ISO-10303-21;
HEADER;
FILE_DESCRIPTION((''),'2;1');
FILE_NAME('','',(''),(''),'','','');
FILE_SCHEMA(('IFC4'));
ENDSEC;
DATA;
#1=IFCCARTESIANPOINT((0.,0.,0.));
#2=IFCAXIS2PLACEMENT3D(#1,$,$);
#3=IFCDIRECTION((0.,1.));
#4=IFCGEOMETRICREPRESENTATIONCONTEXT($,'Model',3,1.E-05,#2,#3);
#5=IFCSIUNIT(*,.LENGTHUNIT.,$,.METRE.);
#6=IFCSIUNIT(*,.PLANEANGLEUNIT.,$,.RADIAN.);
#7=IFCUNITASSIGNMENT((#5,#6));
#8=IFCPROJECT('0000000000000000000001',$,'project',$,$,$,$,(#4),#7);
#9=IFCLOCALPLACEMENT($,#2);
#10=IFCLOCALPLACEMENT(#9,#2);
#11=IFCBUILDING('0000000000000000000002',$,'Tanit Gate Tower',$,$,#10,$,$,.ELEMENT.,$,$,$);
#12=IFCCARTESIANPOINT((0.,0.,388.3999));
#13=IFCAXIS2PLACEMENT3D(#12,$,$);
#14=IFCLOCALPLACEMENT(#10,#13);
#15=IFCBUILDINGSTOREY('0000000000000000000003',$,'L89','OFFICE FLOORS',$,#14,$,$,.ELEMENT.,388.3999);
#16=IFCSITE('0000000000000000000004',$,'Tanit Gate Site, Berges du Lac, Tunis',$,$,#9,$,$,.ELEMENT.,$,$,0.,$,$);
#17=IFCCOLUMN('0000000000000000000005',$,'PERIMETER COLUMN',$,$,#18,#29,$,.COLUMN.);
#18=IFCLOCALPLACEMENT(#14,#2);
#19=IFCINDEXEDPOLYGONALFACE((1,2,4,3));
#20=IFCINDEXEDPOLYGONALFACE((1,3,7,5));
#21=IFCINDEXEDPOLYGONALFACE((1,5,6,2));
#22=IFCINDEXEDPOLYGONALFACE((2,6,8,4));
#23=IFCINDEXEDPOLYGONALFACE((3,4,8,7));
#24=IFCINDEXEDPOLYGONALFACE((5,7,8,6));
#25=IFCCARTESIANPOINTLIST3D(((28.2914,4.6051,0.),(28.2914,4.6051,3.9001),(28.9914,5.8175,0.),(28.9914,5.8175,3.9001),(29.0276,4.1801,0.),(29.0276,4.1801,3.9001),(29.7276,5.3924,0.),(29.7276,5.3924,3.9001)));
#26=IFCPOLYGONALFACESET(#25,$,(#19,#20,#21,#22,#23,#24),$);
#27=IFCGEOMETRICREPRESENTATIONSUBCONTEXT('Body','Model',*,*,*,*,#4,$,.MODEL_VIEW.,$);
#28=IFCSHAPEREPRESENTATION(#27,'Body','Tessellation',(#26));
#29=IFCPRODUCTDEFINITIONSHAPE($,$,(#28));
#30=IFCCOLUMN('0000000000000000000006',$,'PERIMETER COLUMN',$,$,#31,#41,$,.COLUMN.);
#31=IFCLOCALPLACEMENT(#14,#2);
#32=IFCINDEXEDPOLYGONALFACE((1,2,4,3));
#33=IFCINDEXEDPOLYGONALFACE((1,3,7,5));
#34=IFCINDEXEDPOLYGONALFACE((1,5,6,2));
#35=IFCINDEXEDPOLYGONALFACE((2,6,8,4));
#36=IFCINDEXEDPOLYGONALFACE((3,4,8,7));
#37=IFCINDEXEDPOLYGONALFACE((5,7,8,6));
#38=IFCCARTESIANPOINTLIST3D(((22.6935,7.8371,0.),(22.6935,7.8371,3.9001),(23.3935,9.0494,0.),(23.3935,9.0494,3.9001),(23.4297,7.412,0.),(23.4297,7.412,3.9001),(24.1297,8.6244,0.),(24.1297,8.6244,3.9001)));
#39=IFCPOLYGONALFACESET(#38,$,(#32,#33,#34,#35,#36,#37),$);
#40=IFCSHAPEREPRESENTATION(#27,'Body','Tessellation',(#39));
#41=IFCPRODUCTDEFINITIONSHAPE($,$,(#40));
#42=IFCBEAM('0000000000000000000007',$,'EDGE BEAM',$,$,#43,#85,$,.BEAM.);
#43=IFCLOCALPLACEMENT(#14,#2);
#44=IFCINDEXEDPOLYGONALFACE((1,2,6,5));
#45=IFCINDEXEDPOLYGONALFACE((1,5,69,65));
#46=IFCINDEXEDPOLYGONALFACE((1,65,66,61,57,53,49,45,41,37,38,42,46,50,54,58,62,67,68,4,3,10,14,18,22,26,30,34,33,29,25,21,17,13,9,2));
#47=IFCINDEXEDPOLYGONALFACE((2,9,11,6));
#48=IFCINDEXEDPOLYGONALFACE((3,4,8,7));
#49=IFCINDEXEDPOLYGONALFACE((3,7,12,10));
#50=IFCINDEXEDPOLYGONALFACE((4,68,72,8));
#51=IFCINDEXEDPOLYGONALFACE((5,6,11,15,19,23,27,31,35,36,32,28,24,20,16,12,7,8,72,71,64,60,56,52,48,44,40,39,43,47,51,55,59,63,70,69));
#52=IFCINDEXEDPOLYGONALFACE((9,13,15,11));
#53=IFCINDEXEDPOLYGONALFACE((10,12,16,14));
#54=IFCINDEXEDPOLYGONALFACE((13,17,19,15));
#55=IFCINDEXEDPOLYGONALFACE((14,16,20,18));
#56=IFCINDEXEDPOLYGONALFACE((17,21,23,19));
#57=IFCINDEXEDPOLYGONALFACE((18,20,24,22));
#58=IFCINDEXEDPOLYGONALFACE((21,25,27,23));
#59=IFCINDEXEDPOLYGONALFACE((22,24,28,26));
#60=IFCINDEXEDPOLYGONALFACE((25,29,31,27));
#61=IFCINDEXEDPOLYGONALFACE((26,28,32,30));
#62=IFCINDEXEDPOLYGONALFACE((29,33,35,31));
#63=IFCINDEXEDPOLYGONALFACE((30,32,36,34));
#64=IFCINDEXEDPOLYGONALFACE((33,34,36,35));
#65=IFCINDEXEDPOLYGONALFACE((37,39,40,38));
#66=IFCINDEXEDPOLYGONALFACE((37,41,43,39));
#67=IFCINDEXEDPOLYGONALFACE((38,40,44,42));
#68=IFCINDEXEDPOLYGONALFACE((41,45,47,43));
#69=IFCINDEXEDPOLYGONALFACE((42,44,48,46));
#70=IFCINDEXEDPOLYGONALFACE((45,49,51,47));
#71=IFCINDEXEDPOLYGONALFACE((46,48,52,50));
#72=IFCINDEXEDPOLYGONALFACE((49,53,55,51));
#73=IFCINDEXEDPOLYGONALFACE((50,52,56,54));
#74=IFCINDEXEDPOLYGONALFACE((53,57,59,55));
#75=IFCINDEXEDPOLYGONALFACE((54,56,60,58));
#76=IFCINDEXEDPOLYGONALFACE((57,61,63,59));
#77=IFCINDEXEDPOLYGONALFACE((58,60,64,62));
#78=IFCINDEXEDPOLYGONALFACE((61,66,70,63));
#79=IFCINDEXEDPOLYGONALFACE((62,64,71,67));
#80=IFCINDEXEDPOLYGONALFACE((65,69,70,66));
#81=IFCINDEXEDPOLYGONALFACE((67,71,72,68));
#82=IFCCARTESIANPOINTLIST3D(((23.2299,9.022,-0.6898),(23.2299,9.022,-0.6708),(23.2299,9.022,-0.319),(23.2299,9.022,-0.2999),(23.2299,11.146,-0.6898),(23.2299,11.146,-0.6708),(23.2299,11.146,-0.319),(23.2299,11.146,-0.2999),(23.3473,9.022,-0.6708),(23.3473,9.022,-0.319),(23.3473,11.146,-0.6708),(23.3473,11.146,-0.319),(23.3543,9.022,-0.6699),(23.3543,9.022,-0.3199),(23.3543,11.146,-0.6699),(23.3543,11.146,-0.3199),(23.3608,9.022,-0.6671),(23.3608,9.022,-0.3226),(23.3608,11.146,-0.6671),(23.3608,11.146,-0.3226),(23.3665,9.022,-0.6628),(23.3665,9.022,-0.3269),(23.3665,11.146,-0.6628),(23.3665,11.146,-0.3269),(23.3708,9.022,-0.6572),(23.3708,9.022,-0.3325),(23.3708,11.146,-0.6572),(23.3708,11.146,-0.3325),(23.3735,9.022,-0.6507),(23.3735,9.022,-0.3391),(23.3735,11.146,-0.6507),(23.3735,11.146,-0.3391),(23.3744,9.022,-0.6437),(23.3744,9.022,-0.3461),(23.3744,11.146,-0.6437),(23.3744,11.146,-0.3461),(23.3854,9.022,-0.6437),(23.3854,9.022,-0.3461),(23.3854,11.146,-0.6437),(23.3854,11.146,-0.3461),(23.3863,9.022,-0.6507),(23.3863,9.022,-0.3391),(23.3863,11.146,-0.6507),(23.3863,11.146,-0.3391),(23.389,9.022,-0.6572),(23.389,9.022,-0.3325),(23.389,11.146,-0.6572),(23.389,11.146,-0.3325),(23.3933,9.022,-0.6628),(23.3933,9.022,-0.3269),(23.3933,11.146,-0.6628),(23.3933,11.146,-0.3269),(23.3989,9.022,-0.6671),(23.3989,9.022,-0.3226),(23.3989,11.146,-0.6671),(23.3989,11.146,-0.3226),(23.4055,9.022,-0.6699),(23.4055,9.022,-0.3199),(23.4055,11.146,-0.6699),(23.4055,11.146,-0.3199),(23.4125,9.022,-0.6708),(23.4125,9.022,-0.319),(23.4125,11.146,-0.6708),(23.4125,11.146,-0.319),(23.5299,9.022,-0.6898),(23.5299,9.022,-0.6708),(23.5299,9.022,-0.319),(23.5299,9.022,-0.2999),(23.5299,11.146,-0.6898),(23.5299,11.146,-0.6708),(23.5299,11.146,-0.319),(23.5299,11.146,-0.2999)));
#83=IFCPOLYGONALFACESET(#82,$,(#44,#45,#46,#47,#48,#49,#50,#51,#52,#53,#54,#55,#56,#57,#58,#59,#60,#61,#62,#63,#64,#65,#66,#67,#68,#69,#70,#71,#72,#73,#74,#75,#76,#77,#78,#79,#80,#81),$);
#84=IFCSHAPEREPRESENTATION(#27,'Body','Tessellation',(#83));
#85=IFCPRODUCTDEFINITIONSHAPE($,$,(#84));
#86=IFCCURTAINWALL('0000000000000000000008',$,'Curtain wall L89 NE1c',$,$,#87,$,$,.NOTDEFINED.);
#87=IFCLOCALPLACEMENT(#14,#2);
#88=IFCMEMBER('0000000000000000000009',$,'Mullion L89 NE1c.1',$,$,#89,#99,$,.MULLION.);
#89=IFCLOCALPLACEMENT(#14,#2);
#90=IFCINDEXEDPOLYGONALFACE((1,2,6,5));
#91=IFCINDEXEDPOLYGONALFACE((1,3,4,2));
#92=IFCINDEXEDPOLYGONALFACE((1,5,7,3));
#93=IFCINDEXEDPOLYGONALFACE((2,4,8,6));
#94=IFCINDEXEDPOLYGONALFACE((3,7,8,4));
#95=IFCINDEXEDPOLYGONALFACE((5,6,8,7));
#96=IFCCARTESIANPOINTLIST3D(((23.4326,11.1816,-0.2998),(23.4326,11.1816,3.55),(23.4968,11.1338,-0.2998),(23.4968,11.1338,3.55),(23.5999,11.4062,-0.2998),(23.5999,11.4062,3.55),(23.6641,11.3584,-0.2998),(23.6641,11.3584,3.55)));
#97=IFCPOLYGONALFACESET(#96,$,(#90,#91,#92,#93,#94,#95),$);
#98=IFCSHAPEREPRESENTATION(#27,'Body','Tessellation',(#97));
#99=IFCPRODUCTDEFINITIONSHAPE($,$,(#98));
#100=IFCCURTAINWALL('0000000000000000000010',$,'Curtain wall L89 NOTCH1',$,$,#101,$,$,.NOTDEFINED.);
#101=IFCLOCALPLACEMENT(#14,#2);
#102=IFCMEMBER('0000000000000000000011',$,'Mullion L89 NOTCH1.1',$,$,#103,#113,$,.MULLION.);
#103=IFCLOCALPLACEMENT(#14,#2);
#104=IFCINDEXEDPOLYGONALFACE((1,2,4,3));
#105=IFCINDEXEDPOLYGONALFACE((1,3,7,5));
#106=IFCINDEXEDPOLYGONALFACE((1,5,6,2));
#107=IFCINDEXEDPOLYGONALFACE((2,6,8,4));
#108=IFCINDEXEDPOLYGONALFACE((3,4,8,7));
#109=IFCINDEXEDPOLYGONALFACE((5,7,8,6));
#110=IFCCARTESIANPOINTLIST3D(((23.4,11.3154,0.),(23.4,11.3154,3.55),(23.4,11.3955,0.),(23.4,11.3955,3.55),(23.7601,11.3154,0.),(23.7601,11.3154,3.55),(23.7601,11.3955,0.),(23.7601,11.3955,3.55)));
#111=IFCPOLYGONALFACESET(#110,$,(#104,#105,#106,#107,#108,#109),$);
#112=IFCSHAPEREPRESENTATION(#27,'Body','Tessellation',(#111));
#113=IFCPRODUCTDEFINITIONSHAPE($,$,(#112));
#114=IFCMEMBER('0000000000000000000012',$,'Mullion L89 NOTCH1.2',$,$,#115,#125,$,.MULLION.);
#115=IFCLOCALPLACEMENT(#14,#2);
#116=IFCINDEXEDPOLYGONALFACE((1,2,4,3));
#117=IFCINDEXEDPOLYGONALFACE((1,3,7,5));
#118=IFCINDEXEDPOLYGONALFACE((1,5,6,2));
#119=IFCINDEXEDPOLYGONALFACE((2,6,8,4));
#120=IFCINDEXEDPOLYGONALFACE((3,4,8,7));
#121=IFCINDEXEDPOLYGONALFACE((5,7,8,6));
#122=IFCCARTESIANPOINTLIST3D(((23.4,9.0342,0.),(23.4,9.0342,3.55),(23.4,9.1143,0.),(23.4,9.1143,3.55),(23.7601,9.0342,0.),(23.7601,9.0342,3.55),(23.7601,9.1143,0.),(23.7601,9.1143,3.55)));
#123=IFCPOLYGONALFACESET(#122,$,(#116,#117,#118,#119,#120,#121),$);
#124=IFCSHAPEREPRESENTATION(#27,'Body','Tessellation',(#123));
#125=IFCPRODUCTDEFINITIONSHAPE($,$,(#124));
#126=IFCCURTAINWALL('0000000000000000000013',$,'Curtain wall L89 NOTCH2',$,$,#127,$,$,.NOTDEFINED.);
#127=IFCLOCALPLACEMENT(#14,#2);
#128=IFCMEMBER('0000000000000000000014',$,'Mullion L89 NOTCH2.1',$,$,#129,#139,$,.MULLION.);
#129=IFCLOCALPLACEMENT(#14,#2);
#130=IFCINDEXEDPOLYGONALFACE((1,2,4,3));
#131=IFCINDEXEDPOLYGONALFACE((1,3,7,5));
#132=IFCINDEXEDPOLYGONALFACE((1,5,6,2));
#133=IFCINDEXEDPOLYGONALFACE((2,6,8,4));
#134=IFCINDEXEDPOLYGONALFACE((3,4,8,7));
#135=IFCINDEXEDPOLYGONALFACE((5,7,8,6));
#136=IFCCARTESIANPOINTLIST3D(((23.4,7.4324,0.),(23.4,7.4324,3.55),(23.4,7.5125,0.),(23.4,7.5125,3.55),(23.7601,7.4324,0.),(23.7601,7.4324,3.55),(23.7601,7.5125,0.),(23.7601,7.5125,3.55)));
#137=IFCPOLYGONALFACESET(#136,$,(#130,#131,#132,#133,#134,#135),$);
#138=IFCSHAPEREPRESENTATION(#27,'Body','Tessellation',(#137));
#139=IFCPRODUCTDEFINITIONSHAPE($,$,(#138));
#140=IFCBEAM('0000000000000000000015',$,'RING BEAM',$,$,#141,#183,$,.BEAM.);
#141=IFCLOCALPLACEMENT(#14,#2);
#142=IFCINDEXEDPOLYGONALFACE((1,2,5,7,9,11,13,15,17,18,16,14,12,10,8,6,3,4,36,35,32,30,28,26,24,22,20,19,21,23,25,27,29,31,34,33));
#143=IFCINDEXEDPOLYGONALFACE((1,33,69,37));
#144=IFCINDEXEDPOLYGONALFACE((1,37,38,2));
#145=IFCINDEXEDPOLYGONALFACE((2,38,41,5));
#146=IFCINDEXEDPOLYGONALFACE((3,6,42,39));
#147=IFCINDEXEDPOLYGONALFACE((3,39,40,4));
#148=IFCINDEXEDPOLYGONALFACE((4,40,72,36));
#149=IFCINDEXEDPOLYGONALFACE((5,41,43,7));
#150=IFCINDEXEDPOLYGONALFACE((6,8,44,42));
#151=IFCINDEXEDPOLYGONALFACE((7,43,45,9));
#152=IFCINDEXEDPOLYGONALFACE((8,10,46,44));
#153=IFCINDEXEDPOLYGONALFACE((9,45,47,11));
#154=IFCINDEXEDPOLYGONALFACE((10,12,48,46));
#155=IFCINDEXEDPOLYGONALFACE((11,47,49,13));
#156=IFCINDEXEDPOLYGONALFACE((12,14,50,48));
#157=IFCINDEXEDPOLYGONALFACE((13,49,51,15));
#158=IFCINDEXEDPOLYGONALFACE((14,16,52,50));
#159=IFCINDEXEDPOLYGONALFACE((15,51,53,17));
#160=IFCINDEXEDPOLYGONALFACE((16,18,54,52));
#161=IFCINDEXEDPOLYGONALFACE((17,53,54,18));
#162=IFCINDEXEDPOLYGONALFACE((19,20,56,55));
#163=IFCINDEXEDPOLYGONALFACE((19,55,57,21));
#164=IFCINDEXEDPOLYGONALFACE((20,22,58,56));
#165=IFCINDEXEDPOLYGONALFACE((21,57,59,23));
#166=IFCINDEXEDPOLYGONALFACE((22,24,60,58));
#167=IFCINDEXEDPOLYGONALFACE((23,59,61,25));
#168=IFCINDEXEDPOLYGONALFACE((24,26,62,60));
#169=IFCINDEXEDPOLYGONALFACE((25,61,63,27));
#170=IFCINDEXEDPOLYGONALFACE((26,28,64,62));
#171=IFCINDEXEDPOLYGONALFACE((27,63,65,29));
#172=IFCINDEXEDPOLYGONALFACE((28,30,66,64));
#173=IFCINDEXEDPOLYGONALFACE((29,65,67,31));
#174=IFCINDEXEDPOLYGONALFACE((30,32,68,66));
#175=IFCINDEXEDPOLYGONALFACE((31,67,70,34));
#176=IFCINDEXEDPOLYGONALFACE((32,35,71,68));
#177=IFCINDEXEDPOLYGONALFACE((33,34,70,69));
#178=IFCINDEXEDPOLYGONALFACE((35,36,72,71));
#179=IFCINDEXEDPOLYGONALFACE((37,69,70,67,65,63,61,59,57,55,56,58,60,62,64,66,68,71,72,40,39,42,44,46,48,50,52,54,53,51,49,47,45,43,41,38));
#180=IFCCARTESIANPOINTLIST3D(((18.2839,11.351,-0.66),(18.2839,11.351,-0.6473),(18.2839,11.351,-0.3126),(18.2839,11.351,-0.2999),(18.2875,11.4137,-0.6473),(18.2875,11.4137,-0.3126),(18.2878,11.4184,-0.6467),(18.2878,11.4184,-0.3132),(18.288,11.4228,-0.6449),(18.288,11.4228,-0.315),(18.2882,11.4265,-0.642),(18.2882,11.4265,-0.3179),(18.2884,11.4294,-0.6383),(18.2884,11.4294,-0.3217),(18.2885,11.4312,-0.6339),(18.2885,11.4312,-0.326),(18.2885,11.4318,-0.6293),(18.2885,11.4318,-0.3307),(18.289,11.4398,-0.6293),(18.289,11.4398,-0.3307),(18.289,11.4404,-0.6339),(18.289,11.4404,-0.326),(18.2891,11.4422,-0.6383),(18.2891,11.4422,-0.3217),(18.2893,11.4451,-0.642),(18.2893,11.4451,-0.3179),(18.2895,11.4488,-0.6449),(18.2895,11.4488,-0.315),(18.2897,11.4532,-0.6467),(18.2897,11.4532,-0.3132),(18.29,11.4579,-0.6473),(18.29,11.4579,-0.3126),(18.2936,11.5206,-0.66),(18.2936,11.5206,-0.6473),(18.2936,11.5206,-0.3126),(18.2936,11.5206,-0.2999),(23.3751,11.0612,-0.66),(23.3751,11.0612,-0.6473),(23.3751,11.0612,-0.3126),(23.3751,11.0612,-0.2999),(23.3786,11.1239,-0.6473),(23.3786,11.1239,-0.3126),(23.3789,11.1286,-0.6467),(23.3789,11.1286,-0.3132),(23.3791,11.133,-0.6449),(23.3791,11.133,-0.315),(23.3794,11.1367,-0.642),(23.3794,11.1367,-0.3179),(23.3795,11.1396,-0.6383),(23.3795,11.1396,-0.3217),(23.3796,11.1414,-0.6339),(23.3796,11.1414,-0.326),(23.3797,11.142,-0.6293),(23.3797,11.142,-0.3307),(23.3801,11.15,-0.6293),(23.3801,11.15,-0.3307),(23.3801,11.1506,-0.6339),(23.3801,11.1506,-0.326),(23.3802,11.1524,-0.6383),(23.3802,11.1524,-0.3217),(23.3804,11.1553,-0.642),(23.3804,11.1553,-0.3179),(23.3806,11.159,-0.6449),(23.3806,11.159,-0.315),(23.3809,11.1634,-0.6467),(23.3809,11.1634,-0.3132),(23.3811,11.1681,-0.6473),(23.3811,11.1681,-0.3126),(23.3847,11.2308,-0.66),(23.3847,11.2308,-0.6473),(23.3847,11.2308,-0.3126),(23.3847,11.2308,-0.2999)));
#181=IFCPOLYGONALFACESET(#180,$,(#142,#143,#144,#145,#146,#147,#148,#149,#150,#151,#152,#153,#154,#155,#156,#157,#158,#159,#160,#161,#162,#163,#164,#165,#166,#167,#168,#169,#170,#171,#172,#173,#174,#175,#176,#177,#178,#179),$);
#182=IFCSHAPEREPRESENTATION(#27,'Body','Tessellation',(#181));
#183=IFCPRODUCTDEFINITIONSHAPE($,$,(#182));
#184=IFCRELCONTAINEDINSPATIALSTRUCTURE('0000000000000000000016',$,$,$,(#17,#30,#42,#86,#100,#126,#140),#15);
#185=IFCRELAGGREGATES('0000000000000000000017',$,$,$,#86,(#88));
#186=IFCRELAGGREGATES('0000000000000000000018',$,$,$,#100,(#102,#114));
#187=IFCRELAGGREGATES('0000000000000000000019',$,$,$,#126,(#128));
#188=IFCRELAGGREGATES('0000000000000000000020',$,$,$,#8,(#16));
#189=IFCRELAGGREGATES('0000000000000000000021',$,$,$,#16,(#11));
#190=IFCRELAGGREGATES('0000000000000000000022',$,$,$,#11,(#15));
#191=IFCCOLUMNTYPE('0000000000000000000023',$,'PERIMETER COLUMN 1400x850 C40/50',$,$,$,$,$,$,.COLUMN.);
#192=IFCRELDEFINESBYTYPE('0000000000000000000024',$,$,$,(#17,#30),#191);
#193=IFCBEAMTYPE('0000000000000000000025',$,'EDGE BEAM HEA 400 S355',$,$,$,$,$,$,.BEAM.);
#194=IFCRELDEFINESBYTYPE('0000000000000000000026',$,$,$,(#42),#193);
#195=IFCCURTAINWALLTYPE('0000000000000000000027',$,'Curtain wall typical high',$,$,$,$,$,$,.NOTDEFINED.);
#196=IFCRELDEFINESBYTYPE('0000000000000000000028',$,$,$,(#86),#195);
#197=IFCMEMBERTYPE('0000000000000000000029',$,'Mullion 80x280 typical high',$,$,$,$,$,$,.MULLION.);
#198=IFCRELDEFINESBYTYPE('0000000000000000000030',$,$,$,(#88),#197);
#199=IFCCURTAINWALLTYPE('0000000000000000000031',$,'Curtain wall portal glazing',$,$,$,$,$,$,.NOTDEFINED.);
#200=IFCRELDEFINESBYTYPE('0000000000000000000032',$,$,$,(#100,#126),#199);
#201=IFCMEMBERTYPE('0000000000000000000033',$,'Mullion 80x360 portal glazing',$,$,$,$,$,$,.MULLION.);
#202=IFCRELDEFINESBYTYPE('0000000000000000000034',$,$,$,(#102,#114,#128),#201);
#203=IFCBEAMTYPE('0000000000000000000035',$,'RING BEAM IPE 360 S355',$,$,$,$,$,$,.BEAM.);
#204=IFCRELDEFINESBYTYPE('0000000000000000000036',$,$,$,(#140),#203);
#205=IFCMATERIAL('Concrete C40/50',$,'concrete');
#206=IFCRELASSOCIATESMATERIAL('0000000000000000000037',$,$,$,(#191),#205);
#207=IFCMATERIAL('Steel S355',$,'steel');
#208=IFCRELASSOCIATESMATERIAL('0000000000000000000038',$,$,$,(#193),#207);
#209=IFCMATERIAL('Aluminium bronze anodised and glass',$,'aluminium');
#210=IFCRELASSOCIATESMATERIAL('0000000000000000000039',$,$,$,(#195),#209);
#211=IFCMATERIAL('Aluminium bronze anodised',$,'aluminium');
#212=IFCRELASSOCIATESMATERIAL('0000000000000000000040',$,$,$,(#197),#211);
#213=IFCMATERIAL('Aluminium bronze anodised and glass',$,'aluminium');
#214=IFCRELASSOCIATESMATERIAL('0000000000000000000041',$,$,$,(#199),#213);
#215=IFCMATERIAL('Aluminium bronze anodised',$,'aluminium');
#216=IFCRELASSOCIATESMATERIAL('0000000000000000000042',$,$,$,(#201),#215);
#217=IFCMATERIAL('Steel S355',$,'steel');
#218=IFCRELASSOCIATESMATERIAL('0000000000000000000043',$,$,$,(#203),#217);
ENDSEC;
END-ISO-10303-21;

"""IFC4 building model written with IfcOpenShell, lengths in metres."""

from ifc_helpers import new_model, si_unit, direction, frame, origin, origin_2d, place, context, subcontext, project, spatial, rectangle, i_section, extrude, material, material_profile, profile_set, type_object, element, aggregate, save


model = new_model("IFC4")

# Units and contexts
model_context = context("Model", 3, precision=1e-05, world=origin(), true_north=direction((0.0, 1.0)))
body_context = subcontext(model_context, "Body", "Model", "MODEL_VIEW")
ifc_project = project(units=[si_unit("LENGTHUNIT", "METRE"), si_unit("PLANEANGLEUNIT", "RADIAN")], contexts=[model_context])

# Site, building, storey
site_placement = place(None, origin())
site = spatial("IfcSite", under=ifc_project, at=site_placement, Name="Tanit Gate Site, Berges du Lac, Tunis", CompositionType="ELEMENT", RefElevation=0.0)
building_placement = place(site_placement, origin())
building = spatial("IfcBuilding", under=site, at=building_placement, Name="Tanit Gate Tower", CompositionType="ELEMENT")
storey_placement = place(building_placement, frame((0.0, 0.0, 388.3999)))
storey = spatial("IfcBuildingStorey", under=building, at=storey_placement, Name="L89", Description="OFFICE FLOORS", CompositionType="ELEMENT", Elevation=388.3999)

# Columns
ifc_material_1 = material(Name="Concrete C40/50", Category="concrete")
ifc_material_profile_1 = material_profile(ifc_material_1, rectangle(XDim=1.3999, YDim=0.8501, at=origin_2d()), Name="RC 1400x850")
ifc_profile_set_1 = profile_set([ifc_material_profile_1], Name="Concrete C40/50")
column_type = type_object("IfcColumnType", Name="PERIMETER COLUMN 1400x850 C40/50", PredefinedType="COLUMN", material=ifc_profile_set_1)
for number, where, z_axis, x_axis, name in (
    (1, (29.0095, 4.9988, 0.0), (0.0, 0.0, 1.0), (0.5, 0.866025, 0.0), "PERIMETER COLUMN"),
    (2, (23.4116, 8.2307, 0.0), (0.0, 0.0, 1.0), (0.5, 0.866025, 0.0), "PERIMETER COLUMN"),
):
    element("IfcColumn", number, at=place(storey_placement, frame(where, z_axis=z_axis, x_axis=x_axis)), inside=storey, type_object=column_type, Name=name, PredefinedType="COLUMN", context=body_context, shape_type="SweptSolid", body=[
        extrude(rectangle(XDim=1.3999, YDim=0.8501, at=origin_2d()), origin(), (0.0, 0.0, 1.0), 3.9001),
    ])

# Beam
ifc_material_2 = material(Name="Steel S355", Category="steel")
ifc_material_profile_2 = material_profile(ifc_material_2, i_section(OverallWidth=0.3, OverallDepth=0.3899, WebThickness=0.011, FlangeThickness=0.019, FilletRadius=0.0271, at=origin_2d()), Name="HEA 400")
ifc_profile_set_2 = profile_set([ifc_material_profile_2], Name="Steel S355")
beam_type_1 = type_object("IfcBeamType", Name="EDGE BEAM HEA 400 S355", PredefinedType="BEAM", material=ifc_profile_set_2)
beam_1_placement = place(storey_placement, frame((23.3799, 11.146, -0.4949), z_axis=(0.0, -1.0, 0.0), x_axis=(1.0, 0.0, 0.0)))
element("IfcBeam", 3, at=beam_1_placement, inside=storey, type_object=beam_type_1, Name="EDGE BEAM", PredefinedType="BEAM", context=body_context, shape_type="SweptSolid", body=[
    extrude(i_section(OverallWidth=0.3, OverallDepth=0.3899, WebThickness=0.011, FlangeThickness=0.019, FilletRadius=0.0271, at=origin_2d()), origin(), (0.0, 0.0, 1.0), 2.124),
])

# Curtain wall, member
ifc_material_3 = material(Name="Aluminium bronze anodised and glass", Category="aluminium")
curtain_wall_type_1 = type_object("IfcCurtainWallType", Name="Curtain wall typical high", PredefinedType="NOTDEFINED", material=ifc_material_3)
curtain_wall_1_placement = place(storey_placement, origin())
curtain_wall_1 = element("IfcCurtainWall", 4, at=curtain_wall_1_placement, inside=storey, type_object=curtain_wall_type_1, Name="Curtain wall L89 NE1c", PredefinedType="NOTDEFINED")
ifc_material_4 = material(Name="Aluminium bronze anodised", Category="aluminium")
ifc_material_profile_3 = material_profile(ifc_material_4, rectangle(XDim=0.28, YDim=0.0801, at=origin_2d()), Name="80x280 bronze mullion")
ifc_profile_set_3 = profile_set([ifc_material_profile_3], Name="Aluminium bronze anodised")
member_type_1 = type_object("IfcMemberType", Name="Mullion 80x280 typical high", PredefinedType="MULLION", material=ifc_profile_set_3)
member_1_placement = place(storey_placement, frame((23.5483, 11.27, -0.2998), z_axis=(0.0, 0.0, 1.0), x_axis=(-0.597341, -0.801988, 0.0)))
member_1 = element("IfcMember", 5, at=member_1_placement, type_object=member_type_1, Name="Mullion L89 NE1c.1", PredefinedType="MULLION", context=body_context, shape_type="SweptSolid", body=[
    extrude(rectangle(XDim=0.28, YDim=0.0801, at=origin_2d()), origin(), (0.0, 0.0, 1.0), 3.8499),
])

# Curtain wall, members
ifc_material_5 = material(Name="Aluminium bronze anodised and glass", Category="aluminium")
curtain_wall_type_2 = type_object("IfcCurtainWallType", Name="Curtain wall portal glazing", PredefinedType="NOTDEFINED", material=ifc_material_5)
curtain_wall_2_placement = place(storey_placement, origin())
curtain_wall_2 = element("IfcCurtainWall", 6, at=curtain_wall_2_placement, inside=storey, type_object=curtain_wall_type_2, Name="Curtain wall L89 NOTCH1", PredefinedType="NOTDEFINED")
ifc_material_6 = material(Name="Aluminium bronze anodised", Category="aluminium")
ifc_material_profile_4 = material_profile(ifc_material_6, rectangle(XDim=0.3601, YDim=0.0801, at=origin_2d()), Name="80x360 bronze mullion")
ifc_profile_set_4 = profile_set([ifc_material_profile_4], Name="Aluminium bronze anodised")
member_type_2 = type_object("IfcMemberType", Name="Mullion 80x360 portal glazing", PredefinedType="MULLION", material=ifc_profile_set_4)
member_2_placement = place(storey_placement, frame((23.5801, 11.3555, 0.0), z_axis=(0.0, 0.0, 1.0), x_axis=(1.0, 0.0, 0.0)))
member_2 = element("IfcMember", 7, at=member_2_placement, type_object=member_type_2, Name="Mullion L89 NOTCH1.1", PredefinedType="MULLION", context=body_context, shape_type="SweptSolid", body=[
    extrude(rectangle(XDim=0.3601, YDim=0.0801, at=origin_2d()), origin(), (0.0, 0.0, 1.0), 3.55),
])
member_3_placement = place(storey_placement, frame((23.5801, 9.0742, 0.0), z_axis=(0.0, 0.0, 1.0), x_axis=(1.0, 0.0, 0.0)))
member_3 = element("IfcMember", 8, at=member_3_placement, type_object=member_type_2, Name="Mullion L89 NOTCH1.2", PredefinedType="MULLION", context=body_context, shape_type="SweptSolid", body=[
    extrude(rectangle(XDim=0.3601, YDim=0.0801, at=origin_2d()), origin(), (0.0, 0.0, 1.0), 3.55),
])

# Curtain wall, member
curtain_wall_3_placement = place(storey_placement, origin())
curtain_wall_3 = element("IfcCurtainWall", 9, at=curtain_wall_3_placement, inside=storey, type_object=curtain_wall_type_2, Name="Curtain wall L89 NOTCH2", PredefinedType="NOTDEFINED")
member_4_placement = place(storey_placement, frame((23.5801, 7.4724, 0.0), z_axis=(0.0, 0.0, 1.0), x_axis=(1.0, 0.0, 0.0)))
member_4 = element("IfcMember", 10, at=member_4_placement, type_object=member_type_2, Name="Mullion L89 NOTCH2.1", PredefinedType="MULLION", context=body_context, shape_type="SweptSolid", body=[
    extrude(rectangle(XDim=0.3601, YDim=0.0801, at=origin_2d()), origin(), (0.0, 0.0, 1.0), 3.55),
])

# Beam
ifc_material_7 = material(Name="Steel S355", Category="steel")
ifc_material_profile_5 = material_profile(ifc_material_7, i_section(OverallWidth=0.1699, OverallDepth=0.3601, WebThickness=0.0081, FlangeThickness=0.0127, FilletRadius=0.0181, at=origin_2d()), Name="IPE 360")
ifc_profile_set_5 = profile_set([ifc_material_profile_5], Name="Steel S355")
beam_type_2 = type_object("IfcBeamType", Name="RING BEAM IPE 360 S355", PredefinedType="BEAM", material=ifc_profile_set_5)
beam_2_placement = place(storey_placement, frame((23.3799, 11.146, -0.48), z_axis=(-0.998384, 0.05683, 0.0), x_axis=(-0.05683, -0.998384, 0.0)))
element("IfcBeam", 11, at=beam_2_placement, inside=storey, type_object=beam_type_2, Name="RING BEAM", PredefinedType="BEAM", context=body_context, shape_type="SweptSolid", body=[
    extrude(i_section(OverallWidth=0.1699, OverallDepth=0.3601, WebThickness=0.0081, FlangeThickness=0.0127, FilletRadius=0.0181, at=origin_2d()), origin(), (0.0, 0.0, 1.0), 5.0994),
])

aggregate(curtain_wall_1, [member_1])

aggregate(curtain_wall_2, [member_2, member_3])
aggregate(curtain_wall_3, [member_4])

save(model, "model.ifc")
